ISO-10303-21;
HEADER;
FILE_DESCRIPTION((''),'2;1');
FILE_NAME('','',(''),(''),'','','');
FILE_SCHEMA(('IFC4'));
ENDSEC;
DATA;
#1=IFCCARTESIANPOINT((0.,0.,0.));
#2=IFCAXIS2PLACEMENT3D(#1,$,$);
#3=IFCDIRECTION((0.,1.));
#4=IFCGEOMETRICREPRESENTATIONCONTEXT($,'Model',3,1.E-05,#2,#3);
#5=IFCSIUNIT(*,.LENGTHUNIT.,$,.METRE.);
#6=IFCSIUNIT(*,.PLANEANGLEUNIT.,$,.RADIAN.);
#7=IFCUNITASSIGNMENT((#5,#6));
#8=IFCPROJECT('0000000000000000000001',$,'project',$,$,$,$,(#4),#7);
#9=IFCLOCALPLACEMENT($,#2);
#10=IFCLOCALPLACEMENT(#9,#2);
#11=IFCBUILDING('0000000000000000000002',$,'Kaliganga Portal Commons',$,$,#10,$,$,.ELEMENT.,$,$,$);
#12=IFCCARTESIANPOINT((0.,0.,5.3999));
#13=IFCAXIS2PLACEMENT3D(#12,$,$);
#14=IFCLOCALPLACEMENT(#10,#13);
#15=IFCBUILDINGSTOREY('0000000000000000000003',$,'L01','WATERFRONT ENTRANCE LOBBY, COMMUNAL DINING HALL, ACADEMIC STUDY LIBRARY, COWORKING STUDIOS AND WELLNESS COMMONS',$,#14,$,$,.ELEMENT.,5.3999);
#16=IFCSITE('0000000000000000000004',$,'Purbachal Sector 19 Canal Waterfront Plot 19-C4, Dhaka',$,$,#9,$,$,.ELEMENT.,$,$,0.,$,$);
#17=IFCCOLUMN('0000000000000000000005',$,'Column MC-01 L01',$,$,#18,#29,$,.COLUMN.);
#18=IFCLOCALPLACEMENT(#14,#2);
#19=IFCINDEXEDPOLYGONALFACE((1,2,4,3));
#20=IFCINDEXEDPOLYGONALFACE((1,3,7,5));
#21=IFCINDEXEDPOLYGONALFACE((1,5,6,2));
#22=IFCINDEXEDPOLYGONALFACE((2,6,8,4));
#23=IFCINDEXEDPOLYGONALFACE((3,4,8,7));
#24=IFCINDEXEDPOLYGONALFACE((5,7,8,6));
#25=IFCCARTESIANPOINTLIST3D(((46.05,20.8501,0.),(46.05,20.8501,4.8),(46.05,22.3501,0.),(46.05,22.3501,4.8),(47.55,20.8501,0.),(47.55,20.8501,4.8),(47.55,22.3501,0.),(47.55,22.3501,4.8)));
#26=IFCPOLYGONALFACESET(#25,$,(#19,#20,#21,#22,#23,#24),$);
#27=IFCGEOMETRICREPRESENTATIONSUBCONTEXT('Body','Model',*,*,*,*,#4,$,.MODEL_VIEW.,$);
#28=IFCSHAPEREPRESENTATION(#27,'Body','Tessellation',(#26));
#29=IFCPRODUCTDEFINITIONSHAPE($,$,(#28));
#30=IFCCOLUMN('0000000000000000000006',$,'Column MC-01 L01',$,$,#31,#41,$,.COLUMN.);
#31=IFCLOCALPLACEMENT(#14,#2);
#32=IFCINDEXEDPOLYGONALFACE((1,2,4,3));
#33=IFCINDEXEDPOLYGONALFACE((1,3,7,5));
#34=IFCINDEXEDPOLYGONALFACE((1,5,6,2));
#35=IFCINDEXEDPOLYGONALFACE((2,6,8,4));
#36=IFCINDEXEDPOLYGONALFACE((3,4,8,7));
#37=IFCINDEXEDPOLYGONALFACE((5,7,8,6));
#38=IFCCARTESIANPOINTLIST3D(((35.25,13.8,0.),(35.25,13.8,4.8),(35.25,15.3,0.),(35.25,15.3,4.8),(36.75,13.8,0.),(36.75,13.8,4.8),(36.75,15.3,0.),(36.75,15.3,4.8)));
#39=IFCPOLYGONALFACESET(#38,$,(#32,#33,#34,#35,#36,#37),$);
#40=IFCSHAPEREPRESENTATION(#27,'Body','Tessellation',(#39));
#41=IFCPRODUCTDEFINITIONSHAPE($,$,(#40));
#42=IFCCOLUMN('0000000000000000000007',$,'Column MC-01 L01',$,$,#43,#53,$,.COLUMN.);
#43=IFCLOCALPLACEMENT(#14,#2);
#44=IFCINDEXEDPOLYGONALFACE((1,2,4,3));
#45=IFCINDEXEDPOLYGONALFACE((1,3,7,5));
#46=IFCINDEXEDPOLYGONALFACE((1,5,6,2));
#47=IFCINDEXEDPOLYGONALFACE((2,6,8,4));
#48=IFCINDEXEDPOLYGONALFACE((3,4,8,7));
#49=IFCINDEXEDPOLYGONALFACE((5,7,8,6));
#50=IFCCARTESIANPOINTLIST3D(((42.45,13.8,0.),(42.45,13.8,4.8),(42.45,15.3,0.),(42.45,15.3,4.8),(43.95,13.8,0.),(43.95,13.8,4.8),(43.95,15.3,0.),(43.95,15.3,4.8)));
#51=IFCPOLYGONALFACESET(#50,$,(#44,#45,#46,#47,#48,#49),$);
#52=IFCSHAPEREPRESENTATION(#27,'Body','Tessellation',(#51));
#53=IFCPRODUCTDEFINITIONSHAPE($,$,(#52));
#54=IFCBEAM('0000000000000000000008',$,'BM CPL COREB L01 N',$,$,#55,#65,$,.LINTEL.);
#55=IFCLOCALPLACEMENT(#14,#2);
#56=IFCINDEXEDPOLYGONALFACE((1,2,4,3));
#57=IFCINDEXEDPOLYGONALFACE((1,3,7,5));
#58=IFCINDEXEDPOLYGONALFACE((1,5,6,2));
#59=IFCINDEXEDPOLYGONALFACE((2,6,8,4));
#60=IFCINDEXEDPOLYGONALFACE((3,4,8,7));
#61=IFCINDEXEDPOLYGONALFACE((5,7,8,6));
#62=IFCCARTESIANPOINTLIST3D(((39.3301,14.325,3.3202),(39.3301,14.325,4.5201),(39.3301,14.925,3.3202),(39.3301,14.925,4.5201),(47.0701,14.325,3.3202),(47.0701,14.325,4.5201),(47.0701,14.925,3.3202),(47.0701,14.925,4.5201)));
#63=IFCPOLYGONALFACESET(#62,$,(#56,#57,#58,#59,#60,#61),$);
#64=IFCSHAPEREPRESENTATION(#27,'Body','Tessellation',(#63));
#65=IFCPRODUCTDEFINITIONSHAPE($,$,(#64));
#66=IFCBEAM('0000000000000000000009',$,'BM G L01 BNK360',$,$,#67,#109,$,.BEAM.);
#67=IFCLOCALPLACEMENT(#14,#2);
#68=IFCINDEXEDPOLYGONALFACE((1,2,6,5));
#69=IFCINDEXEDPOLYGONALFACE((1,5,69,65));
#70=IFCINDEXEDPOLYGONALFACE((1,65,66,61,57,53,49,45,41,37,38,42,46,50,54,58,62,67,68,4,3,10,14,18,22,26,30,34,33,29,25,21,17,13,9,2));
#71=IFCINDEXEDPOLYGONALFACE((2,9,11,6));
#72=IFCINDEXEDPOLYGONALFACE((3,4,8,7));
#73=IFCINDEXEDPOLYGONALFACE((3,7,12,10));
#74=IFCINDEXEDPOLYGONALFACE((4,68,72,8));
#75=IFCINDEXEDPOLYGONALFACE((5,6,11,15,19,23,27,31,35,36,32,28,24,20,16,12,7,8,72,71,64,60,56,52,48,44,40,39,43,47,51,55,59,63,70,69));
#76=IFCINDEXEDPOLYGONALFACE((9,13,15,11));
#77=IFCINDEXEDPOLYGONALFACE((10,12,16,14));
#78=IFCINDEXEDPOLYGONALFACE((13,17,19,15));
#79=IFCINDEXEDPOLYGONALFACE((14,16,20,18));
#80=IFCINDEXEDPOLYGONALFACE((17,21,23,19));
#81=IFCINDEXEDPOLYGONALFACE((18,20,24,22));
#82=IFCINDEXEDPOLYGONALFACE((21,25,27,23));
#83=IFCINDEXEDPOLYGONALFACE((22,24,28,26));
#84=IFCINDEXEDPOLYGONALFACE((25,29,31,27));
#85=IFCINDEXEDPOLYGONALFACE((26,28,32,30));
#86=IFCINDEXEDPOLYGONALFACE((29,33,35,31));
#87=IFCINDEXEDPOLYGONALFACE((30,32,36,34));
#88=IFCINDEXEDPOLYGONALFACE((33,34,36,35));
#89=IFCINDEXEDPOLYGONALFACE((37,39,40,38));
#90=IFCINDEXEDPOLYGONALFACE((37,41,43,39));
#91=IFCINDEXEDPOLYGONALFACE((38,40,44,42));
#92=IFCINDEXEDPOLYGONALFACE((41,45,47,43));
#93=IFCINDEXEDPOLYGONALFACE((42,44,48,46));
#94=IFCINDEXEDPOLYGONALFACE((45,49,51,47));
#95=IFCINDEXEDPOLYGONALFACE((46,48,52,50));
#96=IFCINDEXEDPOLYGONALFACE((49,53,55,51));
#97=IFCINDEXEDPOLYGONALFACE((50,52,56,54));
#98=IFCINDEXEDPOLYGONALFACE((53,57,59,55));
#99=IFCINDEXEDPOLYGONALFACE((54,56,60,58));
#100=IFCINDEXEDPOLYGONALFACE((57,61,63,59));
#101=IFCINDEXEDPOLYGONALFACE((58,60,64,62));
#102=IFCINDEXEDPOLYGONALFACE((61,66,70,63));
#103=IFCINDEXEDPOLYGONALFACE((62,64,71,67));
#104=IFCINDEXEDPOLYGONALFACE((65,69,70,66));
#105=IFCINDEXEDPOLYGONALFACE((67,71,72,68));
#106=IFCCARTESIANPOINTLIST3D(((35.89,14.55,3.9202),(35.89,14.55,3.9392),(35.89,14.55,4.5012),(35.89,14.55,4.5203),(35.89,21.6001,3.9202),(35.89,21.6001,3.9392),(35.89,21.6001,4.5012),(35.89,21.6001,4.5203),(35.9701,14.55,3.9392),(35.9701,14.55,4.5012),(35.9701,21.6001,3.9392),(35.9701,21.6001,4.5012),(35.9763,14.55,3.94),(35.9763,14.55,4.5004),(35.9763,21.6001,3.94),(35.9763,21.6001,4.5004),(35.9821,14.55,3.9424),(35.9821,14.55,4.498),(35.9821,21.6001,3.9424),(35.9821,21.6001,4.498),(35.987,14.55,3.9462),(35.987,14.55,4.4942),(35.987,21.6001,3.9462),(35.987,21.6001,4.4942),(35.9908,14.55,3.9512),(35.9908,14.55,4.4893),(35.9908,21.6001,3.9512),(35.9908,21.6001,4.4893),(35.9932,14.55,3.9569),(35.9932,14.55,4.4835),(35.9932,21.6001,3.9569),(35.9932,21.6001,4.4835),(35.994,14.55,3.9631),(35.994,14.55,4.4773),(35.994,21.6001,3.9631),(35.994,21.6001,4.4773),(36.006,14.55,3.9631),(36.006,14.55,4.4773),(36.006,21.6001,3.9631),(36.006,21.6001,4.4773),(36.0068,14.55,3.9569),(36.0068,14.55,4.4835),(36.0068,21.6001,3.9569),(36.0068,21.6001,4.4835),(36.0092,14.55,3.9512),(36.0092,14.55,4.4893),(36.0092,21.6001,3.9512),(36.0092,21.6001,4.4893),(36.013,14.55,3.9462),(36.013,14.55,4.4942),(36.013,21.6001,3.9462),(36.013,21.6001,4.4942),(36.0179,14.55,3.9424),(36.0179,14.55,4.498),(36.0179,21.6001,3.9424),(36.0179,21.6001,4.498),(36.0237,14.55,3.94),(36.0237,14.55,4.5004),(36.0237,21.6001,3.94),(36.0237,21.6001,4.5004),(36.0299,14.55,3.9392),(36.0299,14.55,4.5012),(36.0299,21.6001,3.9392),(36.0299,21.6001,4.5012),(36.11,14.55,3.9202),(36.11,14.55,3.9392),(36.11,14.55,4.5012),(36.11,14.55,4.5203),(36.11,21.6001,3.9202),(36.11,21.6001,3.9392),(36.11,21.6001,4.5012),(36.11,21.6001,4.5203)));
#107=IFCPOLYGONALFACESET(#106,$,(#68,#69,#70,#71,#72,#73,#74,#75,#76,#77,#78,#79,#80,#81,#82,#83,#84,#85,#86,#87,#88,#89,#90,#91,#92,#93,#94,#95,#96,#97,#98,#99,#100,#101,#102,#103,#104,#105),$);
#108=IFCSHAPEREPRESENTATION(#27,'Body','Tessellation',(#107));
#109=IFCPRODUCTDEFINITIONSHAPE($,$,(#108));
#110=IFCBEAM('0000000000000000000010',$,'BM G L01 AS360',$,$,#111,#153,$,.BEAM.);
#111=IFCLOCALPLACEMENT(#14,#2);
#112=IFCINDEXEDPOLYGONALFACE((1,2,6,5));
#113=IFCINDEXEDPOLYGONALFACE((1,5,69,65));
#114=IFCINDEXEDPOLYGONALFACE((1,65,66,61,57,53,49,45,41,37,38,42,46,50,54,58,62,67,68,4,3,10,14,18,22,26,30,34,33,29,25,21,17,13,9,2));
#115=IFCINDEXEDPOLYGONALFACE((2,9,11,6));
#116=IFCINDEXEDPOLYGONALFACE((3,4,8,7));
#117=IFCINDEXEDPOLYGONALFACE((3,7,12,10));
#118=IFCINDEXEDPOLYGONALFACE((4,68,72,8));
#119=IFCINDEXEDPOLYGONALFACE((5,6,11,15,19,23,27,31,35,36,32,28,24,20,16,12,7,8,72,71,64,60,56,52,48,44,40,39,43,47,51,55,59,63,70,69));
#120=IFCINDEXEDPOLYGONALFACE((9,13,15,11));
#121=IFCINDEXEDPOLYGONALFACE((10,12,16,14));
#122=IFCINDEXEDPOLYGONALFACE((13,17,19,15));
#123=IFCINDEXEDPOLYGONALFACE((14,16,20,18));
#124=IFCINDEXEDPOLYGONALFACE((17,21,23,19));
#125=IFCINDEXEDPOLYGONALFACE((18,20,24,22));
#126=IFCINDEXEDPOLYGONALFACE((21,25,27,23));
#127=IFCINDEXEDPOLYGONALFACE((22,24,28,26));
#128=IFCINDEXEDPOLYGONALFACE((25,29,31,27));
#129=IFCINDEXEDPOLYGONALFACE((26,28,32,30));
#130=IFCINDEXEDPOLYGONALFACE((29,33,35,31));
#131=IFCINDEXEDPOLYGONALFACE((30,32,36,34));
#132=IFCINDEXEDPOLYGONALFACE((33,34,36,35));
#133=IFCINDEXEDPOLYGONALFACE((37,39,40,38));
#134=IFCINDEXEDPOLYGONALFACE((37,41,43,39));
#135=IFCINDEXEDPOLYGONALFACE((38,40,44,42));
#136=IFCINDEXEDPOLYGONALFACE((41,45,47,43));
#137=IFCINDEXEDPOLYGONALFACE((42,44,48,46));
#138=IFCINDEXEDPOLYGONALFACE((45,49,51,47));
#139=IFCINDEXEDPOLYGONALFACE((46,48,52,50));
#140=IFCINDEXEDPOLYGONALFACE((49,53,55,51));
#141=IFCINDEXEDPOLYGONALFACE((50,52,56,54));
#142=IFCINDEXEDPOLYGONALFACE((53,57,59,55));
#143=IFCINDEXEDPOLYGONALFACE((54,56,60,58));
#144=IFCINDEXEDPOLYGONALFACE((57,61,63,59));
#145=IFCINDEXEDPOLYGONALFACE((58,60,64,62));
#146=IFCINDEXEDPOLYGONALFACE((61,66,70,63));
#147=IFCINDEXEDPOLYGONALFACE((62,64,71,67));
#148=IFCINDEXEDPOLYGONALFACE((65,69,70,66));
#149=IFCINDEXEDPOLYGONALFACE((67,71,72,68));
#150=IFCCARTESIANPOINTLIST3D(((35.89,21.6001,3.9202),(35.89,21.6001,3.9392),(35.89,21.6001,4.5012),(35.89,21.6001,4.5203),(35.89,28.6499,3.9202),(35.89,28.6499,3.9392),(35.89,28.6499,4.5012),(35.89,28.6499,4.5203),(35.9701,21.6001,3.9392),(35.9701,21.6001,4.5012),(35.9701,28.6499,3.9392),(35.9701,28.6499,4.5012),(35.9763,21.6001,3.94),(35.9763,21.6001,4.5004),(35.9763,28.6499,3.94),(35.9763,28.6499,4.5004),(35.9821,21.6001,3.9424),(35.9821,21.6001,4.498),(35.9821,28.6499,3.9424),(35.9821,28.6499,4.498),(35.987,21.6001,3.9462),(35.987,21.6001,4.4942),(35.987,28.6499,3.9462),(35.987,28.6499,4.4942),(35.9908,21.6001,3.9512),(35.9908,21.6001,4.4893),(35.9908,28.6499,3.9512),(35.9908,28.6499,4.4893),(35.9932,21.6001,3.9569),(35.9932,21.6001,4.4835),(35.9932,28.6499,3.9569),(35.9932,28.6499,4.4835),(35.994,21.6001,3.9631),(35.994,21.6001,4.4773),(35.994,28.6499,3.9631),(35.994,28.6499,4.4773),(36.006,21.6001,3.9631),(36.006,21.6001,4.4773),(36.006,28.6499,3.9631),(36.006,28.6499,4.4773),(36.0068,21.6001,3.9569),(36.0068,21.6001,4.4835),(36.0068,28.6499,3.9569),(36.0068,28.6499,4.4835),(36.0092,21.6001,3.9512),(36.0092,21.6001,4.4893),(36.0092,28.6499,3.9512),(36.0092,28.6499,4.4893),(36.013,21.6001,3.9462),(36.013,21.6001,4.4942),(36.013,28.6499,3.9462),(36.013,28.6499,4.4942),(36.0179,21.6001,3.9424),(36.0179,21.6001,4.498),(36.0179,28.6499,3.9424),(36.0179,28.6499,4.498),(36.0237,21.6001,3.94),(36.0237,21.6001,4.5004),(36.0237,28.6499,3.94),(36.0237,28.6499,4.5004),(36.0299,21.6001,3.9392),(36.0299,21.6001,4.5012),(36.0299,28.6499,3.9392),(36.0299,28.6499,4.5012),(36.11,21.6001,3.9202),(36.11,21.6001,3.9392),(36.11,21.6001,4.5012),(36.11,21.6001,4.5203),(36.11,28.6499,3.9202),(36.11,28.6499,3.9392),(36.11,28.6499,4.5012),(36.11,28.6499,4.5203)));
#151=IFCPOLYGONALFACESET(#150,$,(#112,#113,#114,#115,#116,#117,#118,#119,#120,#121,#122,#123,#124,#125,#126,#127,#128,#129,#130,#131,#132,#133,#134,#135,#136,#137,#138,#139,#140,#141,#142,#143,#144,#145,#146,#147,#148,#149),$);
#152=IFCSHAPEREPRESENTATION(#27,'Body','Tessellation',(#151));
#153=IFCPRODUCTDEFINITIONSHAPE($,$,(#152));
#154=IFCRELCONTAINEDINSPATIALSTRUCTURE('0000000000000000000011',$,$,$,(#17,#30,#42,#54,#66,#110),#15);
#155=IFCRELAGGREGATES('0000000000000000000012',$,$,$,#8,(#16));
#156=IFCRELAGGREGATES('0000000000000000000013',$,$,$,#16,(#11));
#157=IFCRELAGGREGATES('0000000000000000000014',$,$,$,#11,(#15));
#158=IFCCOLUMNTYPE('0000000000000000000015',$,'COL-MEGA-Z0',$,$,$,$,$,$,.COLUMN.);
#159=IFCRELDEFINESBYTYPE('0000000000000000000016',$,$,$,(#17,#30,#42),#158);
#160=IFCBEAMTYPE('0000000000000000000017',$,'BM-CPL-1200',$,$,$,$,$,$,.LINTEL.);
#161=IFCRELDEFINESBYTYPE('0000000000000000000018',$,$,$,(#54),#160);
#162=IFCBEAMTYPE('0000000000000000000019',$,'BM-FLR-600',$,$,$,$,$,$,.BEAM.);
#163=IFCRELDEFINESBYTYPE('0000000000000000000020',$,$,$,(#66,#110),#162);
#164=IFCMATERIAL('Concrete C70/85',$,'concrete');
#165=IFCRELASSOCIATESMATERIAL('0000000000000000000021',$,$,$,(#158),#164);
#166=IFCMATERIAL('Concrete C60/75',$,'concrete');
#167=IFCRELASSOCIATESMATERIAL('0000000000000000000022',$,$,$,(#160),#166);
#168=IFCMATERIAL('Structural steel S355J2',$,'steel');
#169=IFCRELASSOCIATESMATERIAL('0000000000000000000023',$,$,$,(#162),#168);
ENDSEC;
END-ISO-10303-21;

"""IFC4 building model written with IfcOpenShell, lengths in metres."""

from ifc_helpers import new_model, si_unit, direction, frame, origin, origin_2d, place, context, subcontext, project, spatial, rectangle, i_section, extrude, source, transform, mapped, material, material_profile, profile_set, type_object, element, save


model = new_model("IFC4")

# Units and contexts
model_context = context("Model", 3, precision=1e-05, world=origin(), true_north=direction((0.0, 1.0)))
body_context = subcontext(model_context, "Body", "Model", "MODEL_VIEW")
ifc_project = project(units=[si_unit("LENGTHUNIT", "METRE"), si_unit("PLANEANGLEUNIT", "RADIAN")], contexts=[model_context])

# Site, building, storey
site_placement = place(None, origin())
site = spatial("IfcSite", under=ifc_project, at=site_placement, Name="Purbachal Sector 19 Canal Waterfront Plot 19-C4, Dhaka", CompositionType="ELEMENT", RefElevation=0.0)
building_placement = place(site_placement, origin())
building = spatial("IfcBuilding", under=site, at=building_placement, Name="Kaliganga Portal Commons", CompositionType="ELEMENT")
storey_placement = place(building_placement, frame((0.0, 0.0, 5.3999)))
storey = spatial("IfcBuildingStorey", under=building, at=storey_placement, Name="L01", Description="WATERFRONT ENTRANCE LOBBY, COMMUNAL DINING HALL, ACADEMIC STUDY LIBRARY, COWORKING STUDIOS AND WELLNESS COMMONS", CompositionType="ELEMENT", Elevation=5.3999)

# Columns
ifc_material_1 = material(Name="Concrete C70/85", Category="concrete")
ifc_material_profile_1 = material_profile(ifc_material_1, rectangle(XDim=1.5, YDim=1.5, at=origin_2d()), Name="RC 1500x1500")
ifc_profile_set_1 = profile_set([ifc_material_profile_1], Name="Concrete C70/85")
column_type = type_object("IfcColumnType", Name="COL-MEGA-Z0", PredefinedType="COLUMN", material=ifc_profile_set_1)
shared_shape_1 = source(origin(), body_context, "Body", "SweptSolid", [
    extrude(rectangle(XDim=1.5, YDim=1.5, at=origin_2d()), origin(), (0.0, 0.0, 1.0), 4.8),
])
for number, where, z_axis, x_axis, name in (
    (1, (46.8, 21.6001, 0.0), (0.0, 0.0, 1.0), (1.0, 0.0, 0.0), "Column MC-01 L01"),
    (2, (36.0, 14.55, 0.0), (0.0, 0.0, 1.0), (1.0, 0.0, 0.0), "Column MC-01 L01"),
    (3, (43.2, 14.55, 0.0), (0.0, 0.0, 1.0), (1.0, 0.0, 0.0), "Column MC-01 L01"),
):
    element("IfcColumn", number, at=place(storey_placement, frame(where, z_axis=z_axis, x_axis=x_axis)), inside=storey, type_object=column_type, Name=name, PredefinedType="COLUMN", context=body_context, shape_type="MappedRepresentation", body=[
        mapped(shared_shape_1, transform((0.0, 0.0, 0.0), x_axis=(1.0, 0.0, 0.0), y_axis=(0.0, 1.0, 0.0), z_axis=(0.0, 0.0, 1.0), scale=1.0)),
    ])

# Beams
ifc_material_2 = material(Name="Concrete C60/75", Category="concrete")
ifc_material_profile_2 = material_profile(ifc_material_2, rectangle(XDim=0.6001, YDim=1.2, at=origin_2d()), Name="RC 600x1200")
ifc_profile_set_2 = profile_set([ifc_material_profile_2], Name="Concrete C60/75")
beam_type_1 = type_object("IfcBeamType", Name="BM-CPL-1200", PredefinedType="LINTEL", material=ifc_profile_set_2)
shared_shape_2 = source(origin(), body_context, "Body", "SweptSolid", [
    extrude(rectangle(XDim=0.6001, YDim=1.2, at=origin_2d()), origin(), (0.0, 0.0, 1.0), 7.74),
])
beam_1_placement = place(storey_placement, frame((39.3301, 14.625, 3.9202), z_axis=(1.0, 0.0, 0.0), x_axis=(0.0, 1.0, 0.0)))
element("IfcBeam", 4, at=beam_1_placement, inside=storey, type_object=beam_type_1, Name="BM CPL COREB L01 N", PredefinedType="LINTEL", context=body_context, shape_type="MappedRepresentation", body=[
    mapped(shared_shape_2, transform((0.0, 0.0, 0.0), x_axis=(1.0, 0.0, 0.0), y_axis=(0.0, 1.0, 0.0), z_axis=(0.0, 0.0, 1.0), scale=1.0)),
])
ifc_material_3 = material(Name="Structural steel S355J2", Category="steel")
ifc_material_profile_3 = material_profile(ifc_material_3, i_section(OverallWidth=0.22, OverallDepth=0.6001, WebThickness=0.012, FlangeThickness=0.019, FilletRadius=0.0239, at=origin_2d()), Name="IPE 600")
ifc_profile_set_3 = profile_set([ifc_material_profile_3], Name="Structural steel S355J2 wide-flange")
beam_type_2 = type_object("IfcBeamType", Name="BM-FLR-600", PredefinedType="BEAM", material=ifc_profile_set_3)
shared_shape_3 = source(origin(), body_context, "Body", "SweptSolid", [
    extrude(i_section(OverallWidth=0.22, OverallDepth=0.6001, WebThickness=0.012, FlangeThickness=0.019, FilletRadius=0.0239, at=origin_2d()), origin(), (0.0, 0.0, 1.0), 7.05),
])
beam_2_placement = place(storey_placement, frame((36.0, 14.55, 4.2202), z_axis=(0.0, 1.0, 0.0), x_axis=(-1.0, 0.0, 0.0)))
element("IfcBeam", 5, at=beam_2_placement, inside=storey, type_object=beam_type_2, Name="BM G L01 BNK360", PredefinedType="BEAM", context=body_context, shape_type="MappedRepresentation", body=[
    mapped(shared_shape_3, transform((0.0, 0.0, 0.0), x_axis=(1.0, 0.0, 0.0), y_axis=(0.0, 1.0, 0.0), z_axis=(0.0, 0.0, 1.0), scale=1.0)),
])
shared_shape_4 = source(origin(), body_context, "Body", "SweptSolid", [
    extrude(i_section(OverallWidth=0.22, OverallDepth=0.6001, WebThickness=0.012, FlangeThickness=0.019, FilletRadius=0.0239, at=origin_2d()), origin(), (0.0, 0.0, 1.0), 7.0498),
])
for number, where, z_axis, x_axis, name in (
    (6, (36.0, 21.6001, 4.2202), (0.0, 1.0, 0.0), (-1.0, 0.0, 0.0), "BM G L01 AS360"),
):
    element("IfcBeam", number, at=place(storey_placement, frame(where, z_axis=z_axis, x_axis=x_axis)), inside=storey, type_object=beam_type_2, Name=name, PredefinedType="BEAM", context=body_context, shape_type="MappedRepresentation", body=[
        mapped(shared_shape_4, transform((0.0, 0.0, 0.0), x_axis=(1.0, 0.0, 0.0), y_axis=(0.0, 1.0, 0.0), z_axis=(0.0, 0.0, 1.0), scale=1.0)),
    ])

save(model, "model.ifc")
